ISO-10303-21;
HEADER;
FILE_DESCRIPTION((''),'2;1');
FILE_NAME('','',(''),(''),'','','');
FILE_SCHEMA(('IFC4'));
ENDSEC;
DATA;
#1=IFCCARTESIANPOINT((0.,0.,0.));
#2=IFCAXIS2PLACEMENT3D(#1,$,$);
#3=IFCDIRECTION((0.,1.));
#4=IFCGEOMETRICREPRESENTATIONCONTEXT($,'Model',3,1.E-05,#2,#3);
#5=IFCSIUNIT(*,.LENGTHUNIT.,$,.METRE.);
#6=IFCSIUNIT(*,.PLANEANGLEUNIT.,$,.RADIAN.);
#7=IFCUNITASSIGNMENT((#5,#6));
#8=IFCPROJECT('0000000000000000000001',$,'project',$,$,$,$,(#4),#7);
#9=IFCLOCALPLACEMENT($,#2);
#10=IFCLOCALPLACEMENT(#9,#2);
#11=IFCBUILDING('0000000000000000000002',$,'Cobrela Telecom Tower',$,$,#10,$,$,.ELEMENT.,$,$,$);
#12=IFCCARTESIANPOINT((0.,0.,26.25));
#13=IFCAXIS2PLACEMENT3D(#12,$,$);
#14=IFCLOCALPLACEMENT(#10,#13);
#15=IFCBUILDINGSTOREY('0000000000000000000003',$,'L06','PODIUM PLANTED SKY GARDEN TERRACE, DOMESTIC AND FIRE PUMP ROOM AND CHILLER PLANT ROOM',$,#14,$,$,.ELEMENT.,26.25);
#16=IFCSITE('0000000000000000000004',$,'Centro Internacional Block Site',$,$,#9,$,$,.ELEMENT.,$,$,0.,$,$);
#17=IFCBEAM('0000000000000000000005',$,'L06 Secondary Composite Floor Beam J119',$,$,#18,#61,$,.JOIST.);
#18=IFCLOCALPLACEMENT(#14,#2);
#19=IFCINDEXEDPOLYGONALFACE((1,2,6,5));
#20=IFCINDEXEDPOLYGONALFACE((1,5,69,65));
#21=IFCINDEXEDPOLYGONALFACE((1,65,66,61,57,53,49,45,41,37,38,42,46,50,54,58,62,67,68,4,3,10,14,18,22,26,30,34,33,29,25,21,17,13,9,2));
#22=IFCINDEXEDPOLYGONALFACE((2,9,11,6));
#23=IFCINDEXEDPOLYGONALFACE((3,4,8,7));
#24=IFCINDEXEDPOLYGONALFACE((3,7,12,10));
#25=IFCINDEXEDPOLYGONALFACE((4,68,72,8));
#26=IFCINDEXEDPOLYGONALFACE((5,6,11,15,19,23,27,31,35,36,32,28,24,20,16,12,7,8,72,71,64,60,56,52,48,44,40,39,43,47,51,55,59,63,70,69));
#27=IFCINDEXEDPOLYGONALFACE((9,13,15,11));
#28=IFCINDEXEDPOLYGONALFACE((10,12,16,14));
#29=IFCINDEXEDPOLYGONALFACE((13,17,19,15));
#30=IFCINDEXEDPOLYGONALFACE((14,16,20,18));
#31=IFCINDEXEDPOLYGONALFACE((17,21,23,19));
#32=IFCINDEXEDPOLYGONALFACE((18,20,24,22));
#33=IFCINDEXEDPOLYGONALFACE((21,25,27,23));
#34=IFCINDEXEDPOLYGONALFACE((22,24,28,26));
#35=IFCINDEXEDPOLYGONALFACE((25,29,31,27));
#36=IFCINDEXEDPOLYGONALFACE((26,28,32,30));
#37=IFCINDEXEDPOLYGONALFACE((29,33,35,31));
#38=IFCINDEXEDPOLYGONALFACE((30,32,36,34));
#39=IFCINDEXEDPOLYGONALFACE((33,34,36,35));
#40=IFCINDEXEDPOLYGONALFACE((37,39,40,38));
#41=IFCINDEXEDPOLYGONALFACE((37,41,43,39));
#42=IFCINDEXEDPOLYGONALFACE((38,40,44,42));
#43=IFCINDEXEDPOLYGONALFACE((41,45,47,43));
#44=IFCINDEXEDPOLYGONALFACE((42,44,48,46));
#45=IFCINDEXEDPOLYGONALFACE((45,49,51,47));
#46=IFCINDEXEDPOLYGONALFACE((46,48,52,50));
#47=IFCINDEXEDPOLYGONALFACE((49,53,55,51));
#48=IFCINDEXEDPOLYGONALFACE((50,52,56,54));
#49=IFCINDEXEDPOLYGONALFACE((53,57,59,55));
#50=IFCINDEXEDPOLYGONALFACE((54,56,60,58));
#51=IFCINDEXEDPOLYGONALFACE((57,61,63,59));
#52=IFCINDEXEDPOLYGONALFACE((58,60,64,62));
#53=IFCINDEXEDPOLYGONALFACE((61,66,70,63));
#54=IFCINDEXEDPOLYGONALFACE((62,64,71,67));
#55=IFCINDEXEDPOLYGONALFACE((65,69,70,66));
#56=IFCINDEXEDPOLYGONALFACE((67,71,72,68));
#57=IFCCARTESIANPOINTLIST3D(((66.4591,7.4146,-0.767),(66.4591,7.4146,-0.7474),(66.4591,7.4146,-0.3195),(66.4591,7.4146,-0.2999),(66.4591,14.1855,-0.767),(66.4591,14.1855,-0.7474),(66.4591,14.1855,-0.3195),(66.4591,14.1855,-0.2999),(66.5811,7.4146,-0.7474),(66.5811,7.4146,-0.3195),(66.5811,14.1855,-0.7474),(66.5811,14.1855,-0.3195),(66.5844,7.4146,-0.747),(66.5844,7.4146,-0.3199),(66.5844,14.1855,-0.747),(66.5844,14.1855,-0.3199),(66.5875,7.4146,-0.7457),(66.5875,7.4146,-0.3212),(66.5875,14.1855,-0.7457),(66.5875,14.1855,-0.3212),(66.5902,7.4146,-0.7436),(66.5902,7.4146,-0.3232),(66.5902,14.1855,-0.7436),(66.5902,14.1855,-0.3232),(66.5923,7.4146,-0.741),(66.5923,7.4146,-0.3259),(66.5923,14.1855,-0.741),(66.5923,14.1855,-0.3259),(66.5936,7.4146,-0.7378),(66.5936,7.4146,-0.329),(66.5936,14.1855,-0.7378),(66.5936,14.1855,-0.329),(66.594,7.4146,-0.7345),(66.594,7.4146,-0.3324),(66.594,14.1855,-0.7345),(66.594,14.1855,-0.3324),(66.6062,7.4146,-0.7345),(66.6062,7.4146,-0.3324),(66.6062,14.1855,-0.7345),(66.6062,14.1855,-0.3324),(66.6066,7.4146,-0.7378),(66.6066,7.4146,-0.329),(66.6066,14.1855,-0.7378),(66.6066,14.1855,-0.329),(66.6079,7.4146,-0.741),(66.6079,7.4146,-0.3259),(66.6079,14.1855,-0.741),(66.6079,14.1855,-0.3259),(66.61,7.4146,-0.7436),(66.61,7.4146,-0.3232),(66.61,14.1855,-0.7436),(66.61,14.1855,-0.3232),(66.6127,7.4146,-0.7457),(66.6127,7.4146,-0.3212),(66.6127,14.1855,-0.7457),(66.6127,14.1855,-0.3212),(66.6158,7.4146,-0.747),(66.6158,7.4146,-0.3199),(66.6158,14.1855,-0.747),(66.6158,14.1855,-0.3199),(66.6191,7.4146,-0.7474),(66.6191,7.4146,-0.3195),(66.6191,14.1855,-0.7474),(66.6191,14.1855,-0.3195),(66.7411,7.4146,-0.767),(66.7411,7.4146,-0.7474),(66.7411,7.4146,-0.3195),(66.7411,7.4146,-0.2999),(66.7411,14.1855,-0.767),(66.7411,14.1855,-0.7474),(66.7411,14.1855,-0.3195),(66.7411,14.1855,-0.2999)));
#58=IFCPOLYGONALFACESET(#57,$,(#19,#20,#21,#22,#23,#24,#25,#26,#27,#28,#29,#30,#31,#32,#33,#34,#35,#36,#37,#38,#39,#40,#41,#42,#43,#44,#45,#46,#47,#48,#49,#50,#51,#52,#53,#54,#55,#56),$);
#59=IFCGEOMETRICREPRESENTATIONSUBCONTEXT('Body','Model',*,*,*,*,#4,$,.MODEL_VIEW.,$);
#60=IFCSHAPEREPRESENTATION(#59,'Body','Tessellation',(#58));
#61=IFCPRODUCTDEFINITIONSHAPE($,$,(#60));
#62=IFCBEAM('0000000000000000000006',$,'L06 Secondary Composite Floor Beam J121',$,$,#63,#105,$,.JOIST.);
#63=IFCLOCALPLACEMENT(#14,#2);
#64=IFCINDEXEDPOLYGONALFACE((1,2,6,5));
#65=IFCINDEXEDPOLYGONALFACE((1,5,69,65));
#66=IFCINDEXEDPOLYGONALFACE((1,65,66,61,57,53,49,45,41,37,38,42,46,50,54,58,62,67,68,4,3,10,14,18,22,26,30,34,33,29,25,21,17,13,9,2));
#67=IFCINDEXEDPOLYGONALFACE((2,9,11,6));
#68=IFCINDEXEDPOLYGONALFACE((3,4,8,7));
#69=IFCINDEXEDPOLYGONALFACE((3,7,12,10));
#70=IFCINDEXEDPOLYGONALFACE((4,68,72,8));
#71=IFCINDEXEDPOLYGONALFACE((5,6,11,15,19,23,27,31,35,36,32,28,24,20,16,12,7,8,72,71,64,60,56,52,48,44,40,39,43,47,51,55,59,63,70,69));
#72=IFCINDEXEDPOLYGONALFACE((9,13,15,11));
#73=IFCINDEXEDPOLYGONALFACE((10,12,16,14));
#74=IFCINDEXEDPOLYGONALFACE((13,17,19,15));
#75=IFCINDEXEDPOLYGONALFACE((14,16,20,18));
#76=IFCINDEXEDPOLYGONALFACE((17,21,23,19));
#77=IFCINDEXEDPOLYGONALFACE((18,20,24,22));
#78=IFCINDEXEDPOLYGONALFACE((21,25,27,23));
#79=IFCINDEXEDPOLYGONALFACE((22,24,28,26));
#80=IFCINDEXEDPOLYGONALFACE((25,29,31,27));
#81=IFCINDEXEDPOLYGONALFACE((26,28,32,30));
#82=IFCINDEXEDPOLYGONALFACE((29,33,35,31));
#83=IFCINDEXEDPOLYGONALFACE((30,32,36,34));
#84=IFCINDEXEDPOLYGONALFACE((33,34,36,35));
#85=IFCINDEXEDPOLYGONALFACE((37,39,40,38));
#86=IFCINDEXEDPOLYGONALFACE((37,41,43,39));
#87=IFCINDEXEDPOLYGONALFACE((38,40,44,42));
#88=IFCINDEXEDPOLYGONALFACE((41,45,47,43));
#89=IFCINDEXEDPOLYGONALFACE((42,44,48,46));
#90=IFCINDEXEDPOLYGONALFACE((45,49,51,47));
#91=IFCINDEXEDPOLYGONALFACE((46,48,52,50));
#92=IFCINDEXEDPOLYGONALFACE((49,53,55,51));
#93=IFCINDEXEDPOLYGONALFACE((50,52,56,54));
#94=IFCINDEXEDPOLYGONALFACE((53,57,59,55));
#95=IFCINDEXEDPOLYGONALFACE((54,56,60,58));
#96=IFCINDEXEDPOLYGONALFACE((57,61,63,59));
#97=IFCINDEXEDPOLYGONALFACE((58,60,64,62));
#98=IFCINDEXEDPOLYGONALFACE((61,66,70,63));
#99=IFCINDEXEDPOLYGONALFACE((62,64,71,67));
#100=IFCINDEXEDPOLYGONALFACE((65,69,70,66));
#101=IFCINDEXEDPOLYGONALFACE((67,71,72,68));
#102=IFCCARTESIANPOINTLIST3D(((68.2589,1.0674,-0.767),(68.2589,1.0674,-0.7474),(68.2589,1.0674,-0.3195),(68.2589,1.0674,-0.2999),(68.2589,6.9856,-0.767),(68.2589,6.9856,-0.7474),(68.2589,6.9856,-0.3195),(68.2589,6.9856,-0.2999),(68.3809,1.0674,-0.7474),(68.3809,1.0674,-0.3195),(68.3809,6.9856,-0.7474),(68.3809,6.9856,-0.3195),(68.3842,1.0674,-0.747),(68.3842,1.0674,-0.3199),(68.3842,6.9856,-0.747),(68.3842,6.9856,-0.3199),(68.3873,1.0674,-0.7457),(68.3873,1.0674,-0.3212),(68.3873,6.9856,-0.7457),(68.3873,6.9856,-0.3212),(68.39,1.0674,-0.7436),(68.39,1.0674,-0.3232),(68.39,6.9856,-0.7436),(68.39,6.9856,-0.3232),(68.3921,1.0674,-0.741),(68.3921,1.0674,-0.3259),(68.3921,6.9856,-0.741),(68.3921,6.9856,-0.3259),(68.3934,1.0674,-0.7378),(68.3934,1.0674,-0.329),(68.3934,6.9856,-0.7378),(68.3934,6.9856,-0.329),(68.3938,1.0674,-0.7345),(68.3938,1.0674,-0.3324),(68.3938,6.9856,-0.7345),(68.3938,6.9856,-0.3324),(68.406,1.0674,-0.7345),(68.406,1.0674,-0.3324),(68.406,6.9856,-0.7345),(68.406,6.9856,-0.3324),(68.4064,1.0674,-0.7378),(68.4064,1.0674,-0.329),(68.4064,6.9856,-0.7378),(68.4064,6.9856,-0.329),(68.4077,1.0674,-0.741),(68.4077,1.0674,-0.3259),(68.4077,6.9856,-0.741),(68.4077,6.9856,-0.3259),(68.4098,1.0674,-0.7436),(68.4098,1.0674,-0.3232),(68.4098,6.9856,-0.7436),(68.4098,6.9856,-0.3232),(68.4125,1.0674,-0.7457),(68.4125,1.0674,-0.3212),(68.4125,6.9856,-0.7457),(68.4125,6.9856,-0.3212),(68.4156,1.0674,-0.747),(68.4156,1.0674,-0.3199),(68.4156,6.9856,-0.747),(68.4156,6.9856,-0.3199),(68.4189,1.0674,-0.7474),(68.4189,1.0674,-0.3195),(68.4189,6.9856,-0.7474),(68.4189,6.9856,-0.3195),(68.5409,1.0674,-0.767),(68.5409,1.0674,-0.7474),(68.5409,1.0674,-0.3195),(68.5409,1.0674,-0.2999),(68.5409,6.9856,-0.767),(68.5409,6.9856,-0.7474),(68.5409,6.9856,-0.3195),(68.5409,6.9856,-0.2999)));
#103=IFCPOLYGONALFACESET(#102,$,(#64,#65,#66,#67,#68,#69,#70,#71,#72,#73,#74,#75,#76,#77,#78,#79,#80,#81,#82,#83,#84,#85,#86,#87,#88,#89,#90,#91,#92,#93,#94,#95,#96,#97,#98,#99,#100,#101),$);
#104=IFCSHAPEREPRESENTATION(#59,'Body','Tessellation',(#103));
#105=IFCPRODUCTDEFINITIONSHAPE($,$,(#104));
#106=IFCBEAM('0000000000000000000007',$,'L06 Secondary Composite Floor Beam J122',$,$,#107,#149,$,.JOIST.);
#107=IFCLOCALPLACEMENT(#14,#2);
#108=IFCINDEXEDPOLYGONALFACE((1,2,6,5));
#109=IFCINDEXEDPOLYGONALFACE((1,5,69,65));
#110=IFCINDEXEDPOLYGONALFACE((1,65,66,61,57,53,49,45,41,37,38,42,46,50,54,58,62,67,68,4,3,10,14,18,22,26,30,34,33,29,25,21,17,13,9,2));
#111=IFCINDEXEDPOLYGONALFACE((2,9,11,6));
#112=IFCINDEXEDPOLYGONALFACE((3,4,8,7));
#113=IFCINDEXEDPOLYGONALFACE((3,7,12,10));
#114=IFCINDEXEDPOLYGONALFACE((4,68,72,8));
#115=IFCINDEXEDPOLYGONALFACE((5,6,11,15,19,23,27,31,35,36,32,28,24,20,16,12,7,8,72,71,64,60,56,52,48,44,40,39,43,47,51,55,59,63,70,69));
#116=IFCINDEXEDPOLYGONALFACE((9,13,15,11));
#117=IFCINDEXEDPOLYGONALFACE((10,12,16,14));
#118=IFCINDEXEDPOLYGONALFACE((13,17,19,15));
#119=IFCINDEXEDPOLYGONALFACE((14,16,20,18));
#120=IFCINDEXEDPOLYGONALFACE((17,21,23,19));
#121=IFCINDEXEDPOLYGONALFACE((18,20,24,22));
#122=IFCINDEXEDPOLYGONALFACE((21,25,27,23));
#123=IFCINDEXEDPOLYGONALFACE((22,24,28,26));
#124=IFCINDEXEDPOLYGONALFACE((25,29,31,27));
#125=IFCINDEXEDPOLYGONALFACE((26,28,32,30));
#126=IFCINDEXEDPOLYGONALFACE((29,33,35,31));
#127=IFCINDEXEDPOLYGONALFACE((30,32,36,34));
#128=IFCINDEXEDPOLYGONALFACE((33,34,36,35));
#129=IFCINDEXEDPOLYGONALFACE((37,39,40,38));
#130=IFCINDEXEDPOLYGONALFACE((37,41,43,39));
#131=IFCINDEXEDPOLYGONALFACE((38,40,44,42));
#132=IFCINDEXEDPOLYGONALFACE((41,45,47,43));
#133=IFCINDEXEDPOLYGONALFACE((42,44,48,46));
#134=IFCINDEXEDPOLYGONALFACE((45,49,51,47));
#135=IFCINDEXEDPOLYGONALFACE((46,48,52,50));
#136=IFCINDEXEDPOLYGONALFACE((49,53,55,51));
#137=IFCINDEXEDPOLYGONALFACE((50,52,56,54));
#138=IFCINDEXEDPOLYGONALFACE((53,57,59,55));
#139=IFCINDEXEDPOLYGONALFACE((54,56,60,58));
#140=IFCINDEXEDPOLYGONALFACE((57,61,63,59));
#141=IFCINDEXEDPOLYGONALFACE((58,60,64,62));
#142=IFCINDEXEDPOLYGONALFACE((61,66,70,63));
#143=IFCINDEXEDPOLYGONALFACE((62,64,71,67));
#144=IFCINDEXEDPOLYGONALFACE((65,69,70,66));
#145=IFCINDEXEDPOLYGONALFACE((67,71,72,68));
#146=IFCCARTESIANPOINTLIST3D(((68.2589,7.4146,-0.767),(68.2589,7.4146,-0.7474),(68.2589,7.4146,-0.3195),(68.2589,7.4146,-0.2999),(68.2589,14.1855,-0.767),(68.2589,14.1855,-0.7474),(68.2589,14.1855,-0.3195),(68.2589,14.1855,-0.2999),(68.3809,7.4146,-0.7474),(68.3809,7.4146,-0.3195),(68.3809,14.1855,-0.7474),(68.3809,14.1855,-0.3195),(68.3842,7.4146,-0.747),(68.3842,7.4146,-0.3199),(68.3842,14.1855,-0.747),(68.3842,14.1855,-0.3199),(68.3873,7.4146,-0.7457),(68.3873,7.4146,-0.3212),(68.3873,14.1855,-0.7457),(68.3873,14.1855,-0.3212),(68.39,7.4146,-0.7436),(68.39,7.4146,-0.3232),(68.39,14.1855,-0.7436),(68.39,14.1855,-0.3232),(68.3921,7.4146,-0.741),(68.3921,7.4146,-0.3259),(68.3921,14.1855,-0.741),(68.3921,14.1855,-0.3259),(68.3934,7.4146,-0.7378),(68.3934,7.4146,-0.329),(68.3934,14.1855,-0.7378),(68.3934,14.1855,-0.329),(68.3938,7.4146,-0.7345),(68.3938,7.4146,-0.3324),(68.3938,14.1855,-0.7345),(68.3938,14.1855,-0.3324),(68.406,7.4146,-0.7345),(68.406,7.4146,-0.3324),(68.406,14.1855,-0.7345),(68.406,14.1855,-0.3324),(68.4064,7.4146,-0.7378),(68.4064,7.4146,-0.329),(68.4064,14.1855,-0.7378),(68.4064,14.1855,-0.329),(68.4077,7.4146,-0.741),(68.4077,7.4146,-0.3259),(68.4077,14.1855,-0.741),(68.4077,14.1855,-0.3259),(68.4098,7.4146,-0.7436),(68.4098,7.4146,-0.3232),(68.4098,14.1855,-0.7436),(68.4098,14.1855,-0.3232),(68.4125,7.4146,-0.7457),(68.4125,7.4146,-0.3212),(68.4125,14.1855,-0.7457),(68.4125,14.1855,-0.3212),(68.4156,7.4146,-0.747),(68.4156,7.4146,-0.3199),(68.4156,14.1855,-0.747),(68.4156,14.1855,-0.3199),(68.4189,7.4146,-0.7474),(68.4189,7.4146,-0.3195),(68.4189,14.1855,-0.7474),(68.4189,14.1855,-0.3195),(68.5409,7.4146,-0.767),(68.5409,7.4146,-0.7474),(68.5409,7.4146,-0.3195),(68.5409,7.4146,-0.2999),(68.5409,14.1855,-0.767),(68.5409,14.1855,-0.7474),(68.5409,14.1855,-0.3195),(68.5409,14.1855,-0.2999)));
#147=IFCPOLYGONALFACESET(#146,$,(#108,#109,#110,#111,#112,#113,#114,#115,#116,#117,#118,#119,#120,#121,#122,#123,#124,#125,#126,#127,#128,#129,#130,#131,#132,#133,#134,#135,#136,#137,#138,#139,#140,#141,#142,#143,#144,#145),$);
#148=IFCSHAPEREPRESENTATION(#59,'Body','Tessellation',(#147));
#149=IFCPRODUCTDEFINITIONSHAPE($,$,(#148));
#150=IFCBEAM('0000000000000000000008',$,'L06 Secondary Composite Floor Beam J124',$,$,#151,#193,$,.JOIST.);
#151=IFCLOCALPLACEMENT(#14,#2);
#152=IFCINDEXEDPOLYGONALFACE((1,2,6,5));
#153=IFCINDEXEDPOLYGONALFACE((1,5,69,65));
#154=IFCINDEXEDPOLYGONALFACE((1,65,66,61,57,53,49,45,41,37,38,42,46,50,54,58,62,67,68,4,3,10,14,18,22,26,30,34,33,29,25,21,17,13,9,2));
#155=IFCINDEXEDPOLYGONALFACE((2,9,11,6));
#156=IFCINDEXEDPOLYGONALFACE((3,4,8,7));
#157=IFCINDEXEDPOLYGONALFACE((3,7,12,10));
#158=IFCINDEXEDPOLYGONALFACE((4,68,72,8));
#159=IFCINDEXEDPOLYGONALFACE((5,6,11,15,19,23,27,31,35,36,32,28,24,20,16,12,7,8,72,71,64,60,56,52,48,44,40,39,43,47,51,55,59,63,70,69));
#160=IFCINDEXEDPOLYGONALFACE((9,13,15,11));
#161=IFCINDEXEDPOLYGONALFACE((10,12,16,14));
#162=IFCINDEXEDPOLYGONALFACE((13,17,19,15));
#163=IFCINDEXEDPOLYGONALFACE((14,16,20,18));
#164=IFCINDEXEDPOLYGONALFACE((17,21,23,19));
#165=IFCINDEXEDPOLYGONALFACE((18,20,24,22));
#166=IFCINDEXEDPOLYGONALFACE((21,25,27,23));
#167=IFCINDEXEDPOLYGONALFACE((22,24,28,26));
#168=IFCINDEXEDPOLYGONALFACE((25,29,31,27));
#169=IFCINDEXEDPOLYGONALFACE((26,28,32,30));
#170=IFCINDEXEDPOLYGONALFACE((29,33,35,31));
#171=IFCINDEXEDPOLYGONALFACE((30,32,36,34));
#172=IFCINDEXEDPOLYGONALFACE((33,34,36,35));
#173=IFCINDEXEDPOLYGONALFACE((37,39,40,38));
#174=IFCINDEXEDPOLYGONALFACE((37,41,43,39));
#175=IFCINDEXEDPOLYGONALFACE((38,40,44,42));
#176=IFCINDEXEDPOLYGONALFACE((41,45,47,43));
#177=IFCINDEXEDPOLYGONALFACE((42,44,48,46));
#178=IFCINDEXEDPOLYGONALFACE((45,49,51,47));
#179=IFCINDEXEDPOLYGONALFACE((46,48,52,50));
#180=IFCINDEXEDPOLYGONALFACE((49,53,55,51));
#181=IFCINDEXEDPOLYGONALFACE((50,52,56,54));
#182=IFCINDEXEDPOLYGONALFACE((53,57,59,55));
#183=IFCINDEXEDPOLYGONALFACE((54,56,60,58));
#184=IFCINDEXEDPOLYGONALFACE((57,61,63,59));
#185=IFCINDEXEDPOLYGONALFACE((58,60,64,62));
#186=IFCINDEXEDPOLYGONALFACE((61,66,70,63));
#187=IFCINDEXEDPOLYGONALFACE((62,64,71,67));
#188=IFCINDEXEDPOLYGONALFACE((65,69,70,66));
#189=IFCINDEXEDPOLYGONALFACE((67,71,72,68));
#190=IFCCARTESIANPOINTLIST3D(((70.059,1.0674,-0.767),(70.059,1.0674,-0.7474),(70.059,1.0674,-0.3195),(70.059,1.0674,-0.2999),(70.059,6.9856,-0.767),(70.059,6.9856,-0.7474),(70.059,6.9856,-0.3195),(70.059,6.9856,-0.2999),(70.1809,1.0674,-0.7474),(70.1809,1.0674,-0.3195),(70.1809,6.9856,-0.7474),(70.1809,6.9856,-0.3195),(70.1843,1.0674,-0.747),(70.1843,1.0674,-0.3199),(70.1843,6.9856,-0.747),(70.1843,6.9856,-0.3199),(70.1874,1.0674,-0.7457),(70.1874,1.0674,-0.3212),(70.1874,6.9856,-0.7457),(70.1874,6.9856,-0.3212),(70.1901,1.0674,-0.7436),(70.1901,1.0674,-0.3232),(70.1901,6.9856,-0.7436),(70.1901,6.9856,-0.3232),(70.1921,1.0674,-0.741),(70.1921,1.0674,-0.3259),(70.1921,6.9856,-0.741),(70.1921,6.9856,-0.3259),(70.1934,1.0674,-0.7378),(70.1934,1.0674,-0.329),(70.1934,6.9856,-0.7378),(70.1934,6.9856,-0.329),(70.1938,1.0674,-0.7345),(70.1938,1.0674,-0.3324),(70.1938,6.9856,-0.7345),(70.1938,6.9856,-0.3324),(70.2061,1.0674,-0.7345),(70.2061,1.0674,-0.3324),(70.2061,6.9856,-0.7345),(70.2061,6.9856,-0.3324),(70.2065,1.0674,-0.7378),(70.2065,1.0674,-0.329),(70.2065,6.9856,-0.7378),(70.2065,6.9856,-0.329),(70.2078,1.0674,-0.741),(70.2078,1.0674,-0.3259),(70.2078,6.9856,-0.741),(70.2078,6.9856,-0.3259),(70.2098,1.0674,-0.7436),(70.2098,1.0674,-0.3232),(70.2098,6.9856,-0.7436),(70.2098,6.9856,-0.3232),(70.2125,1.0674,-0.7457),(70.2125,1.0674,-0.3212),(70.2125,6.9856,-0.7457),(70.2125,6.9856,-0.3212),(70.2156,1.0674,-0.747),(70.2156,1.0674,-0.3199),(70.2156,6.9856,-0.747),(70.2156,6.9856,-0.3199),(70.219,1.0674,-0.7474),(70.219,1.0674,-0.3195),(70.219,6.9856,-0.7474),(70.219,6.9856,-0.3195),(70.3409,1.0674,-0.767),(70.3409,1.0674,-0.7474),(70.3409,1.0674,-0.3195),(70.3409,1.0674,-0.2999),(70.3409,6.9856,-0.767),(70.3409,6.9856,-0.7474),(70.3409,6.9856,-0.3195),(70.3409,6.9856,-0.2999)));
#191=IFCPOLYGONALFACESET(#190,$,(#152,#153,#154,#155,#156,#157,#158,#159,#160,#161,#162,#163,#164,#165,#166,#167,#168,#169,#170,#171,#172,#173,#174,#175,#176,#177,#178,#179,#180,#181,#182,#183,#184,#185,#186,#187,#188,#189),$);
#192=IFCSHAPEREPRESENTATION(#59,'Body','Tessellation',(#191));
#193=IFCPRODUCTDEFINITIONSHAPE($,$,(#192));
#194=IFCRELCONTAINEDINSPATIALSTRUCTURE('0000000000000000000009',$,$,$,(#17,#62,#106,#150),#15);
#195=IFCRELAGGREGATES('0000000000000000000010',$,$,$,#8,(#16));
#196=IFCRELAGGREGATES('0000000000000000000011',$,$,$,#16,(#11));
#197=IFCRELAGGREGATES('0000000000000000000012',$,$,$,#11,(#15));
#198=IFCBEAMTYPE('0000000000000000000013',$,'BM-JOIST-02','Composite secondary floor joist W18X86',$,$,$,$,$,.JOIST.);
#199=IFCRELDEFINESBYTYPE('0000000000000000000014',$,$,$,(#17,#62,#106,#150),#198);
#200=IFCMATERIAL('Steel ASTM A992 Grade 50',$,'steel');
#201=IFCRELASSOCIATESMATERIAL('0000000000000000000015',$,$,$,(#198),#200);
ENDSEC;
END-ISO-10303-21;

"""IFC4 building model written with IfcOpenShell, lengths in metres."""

from ifc_helpers import new_model, si_unit, direction, frame, origin, origin_2d, place, context, subcontext, project, spatial, i_section, extrude, material, material_profile, profile_set, type_object, element, save


model = new_model("IFC4")

# Units and contexts
model_context = context("Model", 3, precision=1e-05, world=origin(), true_north=direction((0.0, 1.0)))
body_context = subcontext(model_context, "Body", "Model", "MODEL_VIEW")
ifc_project = project(units=[si_unit("LENGTHUNIT", "METRE"), si_unit("PLANEANGLEUNIT", "RADIAN")], contexts=[model_context])

# Site, building, storey
site_placement = place(None, origin())
site = spatial("IfcSite", under=ifc_project, at=site_placement, Name="Centro Internacional Block Site", CompositionType="ELEMENT", RefElevation=0.0)
building_placement = place(site_placement, origin())
building = spatial("IfcBuilding", under=site, at=building_placement, Name="Cobrela Telecom Tower", CompositionType="ELEMENT")
storey_placement = place(building_placement, frame((0.0, 0.0, 26.25)))
storey = spatial("IfcBuildingStorey", under=building, at=storey_placement, Name="L06", Description="PODIUM PLANTED SKY GARDEN TERRACE, DOMESTIC AND FIRE PUMP ROOM AND CHILLER PLANT ROOM", CompositionType="ELEMENT", Elevation=26.25)

# Beams
ifc_material_1 = material(Name="Steel ASTM A992 Grade 50", Category="steel")
ifc_material_profile_1 = material_profile(ifc_material_1, i_section(OverallWidth=0.282, OverallDepth=0.467, WebThickness=0.0122, FlangeThickness=0.0195, FilletRadius=0.0129, at=origin_2d()), Name="W18X86")
ifc_profile_set_1 = profile_set([ifc_material_profile_1], Name="Steel ASTM A992 Grade 50")
beam_type_1 = type_object("IfcBeamType", Name="BM-JOIST-02", Description="Composite secondary floor joist W18X86", PredefinedType="JOIST", material=ifc_profile_set_1)
beam_1_placement = place(storey_placement, frame((66.6001, 7.4146, -0.5334), z_axis=(0.0, 1.0, 0.0), x_axis=(-1.0, 0.0, 0.0)))
element("IfcBeam", 1, at=beam_1_placement, inside=storey, type_object=beam_type_1, Name="L06 Secondary Composite Floor Beam J119", PredefinedType="JOIST", context=body_context, shape_type="SweptSolid", body=[
    extrude(i_section(OverallWidth=0.282, OverallDepth=0.467, WebThickness=0.0122, FlangeThickness=0.0195, FilletRadius=0.0129, at=origin_2d()), origin(), (0.0, 0.0, 1.0), 6.771),
])
beam_2_placement = place(storey_placement, frame((68.3999, 1.0674, -0.5334), z_axis=(0.0, 1.0, 0.0), x_axis=(-1.0, 0.0, 0.0)))
element("IfcBeam", 2, at=beam_2_placement, inside=storey, type_object=beam_type_1, Name="L06 Secondary Composite Floor Beam J121", PredefinedType="JOIST", context=body_context, shape_type="SweptSolid", body=[
    extrude(i_section(OverallWidth=0.282, OverallDepth=0.467, WebThickness=0.0122, FlangeThickness=0.0195, FilletRadius=0.0129, at=origin_2d()), origin(), (0.0, 0.0, 1.0), 5.9182),
])
beam_3_placement = place(storey_placement, frame((68.3999, 7.4146, -0.5334), z_axis=(0.0, 1.0, 0.0), x_axis=(-1.0, 0.0, 0.0)))
element("IfcBeam", 3, at=beam_3_placement, inside=storey, type_object=beam_type_1, Name="L06 Secondary Composite Floor Beam J122", PredefinedType="JOIST", context=body_context, shape_type="SweptSolid", body=[
    extrude(i_section(OverallWidth=0.282, OverallDepth=0.467, WebThickness=0.0122, FlangeThickness=0.0195, FilletRadius=0.0129, at=origin_2d()), origin(), (0.0, 0.0, 1.0), 6.771),
])
beam_4_placement = place(storey_placement, frame((70.2, 1.0674, -0.5334), z_axis=(0.0, 1.0, 0.0), x_axis=(-1.0, 0.0, 0.0)))
element("IfcBeam", 4, at=beam_4_placement, inside=storey, type_object=beam_type_1, Name="L06 Secondary Composite Floor Beam J124", PredefinedType="JOIST", context=body_context, shape_type="SweptSolid", body=[
    extrude(i_section(OverallWidth=0.282, OverallDepth=0.467, WebThickness=0.0122, FlangeThickness=0.0195, FilletRadius=0.0129, at=origin_2d()), origin(), (0.0, 0.0, 1.0), 5.9182),
])

save(model, "model.ifc")
